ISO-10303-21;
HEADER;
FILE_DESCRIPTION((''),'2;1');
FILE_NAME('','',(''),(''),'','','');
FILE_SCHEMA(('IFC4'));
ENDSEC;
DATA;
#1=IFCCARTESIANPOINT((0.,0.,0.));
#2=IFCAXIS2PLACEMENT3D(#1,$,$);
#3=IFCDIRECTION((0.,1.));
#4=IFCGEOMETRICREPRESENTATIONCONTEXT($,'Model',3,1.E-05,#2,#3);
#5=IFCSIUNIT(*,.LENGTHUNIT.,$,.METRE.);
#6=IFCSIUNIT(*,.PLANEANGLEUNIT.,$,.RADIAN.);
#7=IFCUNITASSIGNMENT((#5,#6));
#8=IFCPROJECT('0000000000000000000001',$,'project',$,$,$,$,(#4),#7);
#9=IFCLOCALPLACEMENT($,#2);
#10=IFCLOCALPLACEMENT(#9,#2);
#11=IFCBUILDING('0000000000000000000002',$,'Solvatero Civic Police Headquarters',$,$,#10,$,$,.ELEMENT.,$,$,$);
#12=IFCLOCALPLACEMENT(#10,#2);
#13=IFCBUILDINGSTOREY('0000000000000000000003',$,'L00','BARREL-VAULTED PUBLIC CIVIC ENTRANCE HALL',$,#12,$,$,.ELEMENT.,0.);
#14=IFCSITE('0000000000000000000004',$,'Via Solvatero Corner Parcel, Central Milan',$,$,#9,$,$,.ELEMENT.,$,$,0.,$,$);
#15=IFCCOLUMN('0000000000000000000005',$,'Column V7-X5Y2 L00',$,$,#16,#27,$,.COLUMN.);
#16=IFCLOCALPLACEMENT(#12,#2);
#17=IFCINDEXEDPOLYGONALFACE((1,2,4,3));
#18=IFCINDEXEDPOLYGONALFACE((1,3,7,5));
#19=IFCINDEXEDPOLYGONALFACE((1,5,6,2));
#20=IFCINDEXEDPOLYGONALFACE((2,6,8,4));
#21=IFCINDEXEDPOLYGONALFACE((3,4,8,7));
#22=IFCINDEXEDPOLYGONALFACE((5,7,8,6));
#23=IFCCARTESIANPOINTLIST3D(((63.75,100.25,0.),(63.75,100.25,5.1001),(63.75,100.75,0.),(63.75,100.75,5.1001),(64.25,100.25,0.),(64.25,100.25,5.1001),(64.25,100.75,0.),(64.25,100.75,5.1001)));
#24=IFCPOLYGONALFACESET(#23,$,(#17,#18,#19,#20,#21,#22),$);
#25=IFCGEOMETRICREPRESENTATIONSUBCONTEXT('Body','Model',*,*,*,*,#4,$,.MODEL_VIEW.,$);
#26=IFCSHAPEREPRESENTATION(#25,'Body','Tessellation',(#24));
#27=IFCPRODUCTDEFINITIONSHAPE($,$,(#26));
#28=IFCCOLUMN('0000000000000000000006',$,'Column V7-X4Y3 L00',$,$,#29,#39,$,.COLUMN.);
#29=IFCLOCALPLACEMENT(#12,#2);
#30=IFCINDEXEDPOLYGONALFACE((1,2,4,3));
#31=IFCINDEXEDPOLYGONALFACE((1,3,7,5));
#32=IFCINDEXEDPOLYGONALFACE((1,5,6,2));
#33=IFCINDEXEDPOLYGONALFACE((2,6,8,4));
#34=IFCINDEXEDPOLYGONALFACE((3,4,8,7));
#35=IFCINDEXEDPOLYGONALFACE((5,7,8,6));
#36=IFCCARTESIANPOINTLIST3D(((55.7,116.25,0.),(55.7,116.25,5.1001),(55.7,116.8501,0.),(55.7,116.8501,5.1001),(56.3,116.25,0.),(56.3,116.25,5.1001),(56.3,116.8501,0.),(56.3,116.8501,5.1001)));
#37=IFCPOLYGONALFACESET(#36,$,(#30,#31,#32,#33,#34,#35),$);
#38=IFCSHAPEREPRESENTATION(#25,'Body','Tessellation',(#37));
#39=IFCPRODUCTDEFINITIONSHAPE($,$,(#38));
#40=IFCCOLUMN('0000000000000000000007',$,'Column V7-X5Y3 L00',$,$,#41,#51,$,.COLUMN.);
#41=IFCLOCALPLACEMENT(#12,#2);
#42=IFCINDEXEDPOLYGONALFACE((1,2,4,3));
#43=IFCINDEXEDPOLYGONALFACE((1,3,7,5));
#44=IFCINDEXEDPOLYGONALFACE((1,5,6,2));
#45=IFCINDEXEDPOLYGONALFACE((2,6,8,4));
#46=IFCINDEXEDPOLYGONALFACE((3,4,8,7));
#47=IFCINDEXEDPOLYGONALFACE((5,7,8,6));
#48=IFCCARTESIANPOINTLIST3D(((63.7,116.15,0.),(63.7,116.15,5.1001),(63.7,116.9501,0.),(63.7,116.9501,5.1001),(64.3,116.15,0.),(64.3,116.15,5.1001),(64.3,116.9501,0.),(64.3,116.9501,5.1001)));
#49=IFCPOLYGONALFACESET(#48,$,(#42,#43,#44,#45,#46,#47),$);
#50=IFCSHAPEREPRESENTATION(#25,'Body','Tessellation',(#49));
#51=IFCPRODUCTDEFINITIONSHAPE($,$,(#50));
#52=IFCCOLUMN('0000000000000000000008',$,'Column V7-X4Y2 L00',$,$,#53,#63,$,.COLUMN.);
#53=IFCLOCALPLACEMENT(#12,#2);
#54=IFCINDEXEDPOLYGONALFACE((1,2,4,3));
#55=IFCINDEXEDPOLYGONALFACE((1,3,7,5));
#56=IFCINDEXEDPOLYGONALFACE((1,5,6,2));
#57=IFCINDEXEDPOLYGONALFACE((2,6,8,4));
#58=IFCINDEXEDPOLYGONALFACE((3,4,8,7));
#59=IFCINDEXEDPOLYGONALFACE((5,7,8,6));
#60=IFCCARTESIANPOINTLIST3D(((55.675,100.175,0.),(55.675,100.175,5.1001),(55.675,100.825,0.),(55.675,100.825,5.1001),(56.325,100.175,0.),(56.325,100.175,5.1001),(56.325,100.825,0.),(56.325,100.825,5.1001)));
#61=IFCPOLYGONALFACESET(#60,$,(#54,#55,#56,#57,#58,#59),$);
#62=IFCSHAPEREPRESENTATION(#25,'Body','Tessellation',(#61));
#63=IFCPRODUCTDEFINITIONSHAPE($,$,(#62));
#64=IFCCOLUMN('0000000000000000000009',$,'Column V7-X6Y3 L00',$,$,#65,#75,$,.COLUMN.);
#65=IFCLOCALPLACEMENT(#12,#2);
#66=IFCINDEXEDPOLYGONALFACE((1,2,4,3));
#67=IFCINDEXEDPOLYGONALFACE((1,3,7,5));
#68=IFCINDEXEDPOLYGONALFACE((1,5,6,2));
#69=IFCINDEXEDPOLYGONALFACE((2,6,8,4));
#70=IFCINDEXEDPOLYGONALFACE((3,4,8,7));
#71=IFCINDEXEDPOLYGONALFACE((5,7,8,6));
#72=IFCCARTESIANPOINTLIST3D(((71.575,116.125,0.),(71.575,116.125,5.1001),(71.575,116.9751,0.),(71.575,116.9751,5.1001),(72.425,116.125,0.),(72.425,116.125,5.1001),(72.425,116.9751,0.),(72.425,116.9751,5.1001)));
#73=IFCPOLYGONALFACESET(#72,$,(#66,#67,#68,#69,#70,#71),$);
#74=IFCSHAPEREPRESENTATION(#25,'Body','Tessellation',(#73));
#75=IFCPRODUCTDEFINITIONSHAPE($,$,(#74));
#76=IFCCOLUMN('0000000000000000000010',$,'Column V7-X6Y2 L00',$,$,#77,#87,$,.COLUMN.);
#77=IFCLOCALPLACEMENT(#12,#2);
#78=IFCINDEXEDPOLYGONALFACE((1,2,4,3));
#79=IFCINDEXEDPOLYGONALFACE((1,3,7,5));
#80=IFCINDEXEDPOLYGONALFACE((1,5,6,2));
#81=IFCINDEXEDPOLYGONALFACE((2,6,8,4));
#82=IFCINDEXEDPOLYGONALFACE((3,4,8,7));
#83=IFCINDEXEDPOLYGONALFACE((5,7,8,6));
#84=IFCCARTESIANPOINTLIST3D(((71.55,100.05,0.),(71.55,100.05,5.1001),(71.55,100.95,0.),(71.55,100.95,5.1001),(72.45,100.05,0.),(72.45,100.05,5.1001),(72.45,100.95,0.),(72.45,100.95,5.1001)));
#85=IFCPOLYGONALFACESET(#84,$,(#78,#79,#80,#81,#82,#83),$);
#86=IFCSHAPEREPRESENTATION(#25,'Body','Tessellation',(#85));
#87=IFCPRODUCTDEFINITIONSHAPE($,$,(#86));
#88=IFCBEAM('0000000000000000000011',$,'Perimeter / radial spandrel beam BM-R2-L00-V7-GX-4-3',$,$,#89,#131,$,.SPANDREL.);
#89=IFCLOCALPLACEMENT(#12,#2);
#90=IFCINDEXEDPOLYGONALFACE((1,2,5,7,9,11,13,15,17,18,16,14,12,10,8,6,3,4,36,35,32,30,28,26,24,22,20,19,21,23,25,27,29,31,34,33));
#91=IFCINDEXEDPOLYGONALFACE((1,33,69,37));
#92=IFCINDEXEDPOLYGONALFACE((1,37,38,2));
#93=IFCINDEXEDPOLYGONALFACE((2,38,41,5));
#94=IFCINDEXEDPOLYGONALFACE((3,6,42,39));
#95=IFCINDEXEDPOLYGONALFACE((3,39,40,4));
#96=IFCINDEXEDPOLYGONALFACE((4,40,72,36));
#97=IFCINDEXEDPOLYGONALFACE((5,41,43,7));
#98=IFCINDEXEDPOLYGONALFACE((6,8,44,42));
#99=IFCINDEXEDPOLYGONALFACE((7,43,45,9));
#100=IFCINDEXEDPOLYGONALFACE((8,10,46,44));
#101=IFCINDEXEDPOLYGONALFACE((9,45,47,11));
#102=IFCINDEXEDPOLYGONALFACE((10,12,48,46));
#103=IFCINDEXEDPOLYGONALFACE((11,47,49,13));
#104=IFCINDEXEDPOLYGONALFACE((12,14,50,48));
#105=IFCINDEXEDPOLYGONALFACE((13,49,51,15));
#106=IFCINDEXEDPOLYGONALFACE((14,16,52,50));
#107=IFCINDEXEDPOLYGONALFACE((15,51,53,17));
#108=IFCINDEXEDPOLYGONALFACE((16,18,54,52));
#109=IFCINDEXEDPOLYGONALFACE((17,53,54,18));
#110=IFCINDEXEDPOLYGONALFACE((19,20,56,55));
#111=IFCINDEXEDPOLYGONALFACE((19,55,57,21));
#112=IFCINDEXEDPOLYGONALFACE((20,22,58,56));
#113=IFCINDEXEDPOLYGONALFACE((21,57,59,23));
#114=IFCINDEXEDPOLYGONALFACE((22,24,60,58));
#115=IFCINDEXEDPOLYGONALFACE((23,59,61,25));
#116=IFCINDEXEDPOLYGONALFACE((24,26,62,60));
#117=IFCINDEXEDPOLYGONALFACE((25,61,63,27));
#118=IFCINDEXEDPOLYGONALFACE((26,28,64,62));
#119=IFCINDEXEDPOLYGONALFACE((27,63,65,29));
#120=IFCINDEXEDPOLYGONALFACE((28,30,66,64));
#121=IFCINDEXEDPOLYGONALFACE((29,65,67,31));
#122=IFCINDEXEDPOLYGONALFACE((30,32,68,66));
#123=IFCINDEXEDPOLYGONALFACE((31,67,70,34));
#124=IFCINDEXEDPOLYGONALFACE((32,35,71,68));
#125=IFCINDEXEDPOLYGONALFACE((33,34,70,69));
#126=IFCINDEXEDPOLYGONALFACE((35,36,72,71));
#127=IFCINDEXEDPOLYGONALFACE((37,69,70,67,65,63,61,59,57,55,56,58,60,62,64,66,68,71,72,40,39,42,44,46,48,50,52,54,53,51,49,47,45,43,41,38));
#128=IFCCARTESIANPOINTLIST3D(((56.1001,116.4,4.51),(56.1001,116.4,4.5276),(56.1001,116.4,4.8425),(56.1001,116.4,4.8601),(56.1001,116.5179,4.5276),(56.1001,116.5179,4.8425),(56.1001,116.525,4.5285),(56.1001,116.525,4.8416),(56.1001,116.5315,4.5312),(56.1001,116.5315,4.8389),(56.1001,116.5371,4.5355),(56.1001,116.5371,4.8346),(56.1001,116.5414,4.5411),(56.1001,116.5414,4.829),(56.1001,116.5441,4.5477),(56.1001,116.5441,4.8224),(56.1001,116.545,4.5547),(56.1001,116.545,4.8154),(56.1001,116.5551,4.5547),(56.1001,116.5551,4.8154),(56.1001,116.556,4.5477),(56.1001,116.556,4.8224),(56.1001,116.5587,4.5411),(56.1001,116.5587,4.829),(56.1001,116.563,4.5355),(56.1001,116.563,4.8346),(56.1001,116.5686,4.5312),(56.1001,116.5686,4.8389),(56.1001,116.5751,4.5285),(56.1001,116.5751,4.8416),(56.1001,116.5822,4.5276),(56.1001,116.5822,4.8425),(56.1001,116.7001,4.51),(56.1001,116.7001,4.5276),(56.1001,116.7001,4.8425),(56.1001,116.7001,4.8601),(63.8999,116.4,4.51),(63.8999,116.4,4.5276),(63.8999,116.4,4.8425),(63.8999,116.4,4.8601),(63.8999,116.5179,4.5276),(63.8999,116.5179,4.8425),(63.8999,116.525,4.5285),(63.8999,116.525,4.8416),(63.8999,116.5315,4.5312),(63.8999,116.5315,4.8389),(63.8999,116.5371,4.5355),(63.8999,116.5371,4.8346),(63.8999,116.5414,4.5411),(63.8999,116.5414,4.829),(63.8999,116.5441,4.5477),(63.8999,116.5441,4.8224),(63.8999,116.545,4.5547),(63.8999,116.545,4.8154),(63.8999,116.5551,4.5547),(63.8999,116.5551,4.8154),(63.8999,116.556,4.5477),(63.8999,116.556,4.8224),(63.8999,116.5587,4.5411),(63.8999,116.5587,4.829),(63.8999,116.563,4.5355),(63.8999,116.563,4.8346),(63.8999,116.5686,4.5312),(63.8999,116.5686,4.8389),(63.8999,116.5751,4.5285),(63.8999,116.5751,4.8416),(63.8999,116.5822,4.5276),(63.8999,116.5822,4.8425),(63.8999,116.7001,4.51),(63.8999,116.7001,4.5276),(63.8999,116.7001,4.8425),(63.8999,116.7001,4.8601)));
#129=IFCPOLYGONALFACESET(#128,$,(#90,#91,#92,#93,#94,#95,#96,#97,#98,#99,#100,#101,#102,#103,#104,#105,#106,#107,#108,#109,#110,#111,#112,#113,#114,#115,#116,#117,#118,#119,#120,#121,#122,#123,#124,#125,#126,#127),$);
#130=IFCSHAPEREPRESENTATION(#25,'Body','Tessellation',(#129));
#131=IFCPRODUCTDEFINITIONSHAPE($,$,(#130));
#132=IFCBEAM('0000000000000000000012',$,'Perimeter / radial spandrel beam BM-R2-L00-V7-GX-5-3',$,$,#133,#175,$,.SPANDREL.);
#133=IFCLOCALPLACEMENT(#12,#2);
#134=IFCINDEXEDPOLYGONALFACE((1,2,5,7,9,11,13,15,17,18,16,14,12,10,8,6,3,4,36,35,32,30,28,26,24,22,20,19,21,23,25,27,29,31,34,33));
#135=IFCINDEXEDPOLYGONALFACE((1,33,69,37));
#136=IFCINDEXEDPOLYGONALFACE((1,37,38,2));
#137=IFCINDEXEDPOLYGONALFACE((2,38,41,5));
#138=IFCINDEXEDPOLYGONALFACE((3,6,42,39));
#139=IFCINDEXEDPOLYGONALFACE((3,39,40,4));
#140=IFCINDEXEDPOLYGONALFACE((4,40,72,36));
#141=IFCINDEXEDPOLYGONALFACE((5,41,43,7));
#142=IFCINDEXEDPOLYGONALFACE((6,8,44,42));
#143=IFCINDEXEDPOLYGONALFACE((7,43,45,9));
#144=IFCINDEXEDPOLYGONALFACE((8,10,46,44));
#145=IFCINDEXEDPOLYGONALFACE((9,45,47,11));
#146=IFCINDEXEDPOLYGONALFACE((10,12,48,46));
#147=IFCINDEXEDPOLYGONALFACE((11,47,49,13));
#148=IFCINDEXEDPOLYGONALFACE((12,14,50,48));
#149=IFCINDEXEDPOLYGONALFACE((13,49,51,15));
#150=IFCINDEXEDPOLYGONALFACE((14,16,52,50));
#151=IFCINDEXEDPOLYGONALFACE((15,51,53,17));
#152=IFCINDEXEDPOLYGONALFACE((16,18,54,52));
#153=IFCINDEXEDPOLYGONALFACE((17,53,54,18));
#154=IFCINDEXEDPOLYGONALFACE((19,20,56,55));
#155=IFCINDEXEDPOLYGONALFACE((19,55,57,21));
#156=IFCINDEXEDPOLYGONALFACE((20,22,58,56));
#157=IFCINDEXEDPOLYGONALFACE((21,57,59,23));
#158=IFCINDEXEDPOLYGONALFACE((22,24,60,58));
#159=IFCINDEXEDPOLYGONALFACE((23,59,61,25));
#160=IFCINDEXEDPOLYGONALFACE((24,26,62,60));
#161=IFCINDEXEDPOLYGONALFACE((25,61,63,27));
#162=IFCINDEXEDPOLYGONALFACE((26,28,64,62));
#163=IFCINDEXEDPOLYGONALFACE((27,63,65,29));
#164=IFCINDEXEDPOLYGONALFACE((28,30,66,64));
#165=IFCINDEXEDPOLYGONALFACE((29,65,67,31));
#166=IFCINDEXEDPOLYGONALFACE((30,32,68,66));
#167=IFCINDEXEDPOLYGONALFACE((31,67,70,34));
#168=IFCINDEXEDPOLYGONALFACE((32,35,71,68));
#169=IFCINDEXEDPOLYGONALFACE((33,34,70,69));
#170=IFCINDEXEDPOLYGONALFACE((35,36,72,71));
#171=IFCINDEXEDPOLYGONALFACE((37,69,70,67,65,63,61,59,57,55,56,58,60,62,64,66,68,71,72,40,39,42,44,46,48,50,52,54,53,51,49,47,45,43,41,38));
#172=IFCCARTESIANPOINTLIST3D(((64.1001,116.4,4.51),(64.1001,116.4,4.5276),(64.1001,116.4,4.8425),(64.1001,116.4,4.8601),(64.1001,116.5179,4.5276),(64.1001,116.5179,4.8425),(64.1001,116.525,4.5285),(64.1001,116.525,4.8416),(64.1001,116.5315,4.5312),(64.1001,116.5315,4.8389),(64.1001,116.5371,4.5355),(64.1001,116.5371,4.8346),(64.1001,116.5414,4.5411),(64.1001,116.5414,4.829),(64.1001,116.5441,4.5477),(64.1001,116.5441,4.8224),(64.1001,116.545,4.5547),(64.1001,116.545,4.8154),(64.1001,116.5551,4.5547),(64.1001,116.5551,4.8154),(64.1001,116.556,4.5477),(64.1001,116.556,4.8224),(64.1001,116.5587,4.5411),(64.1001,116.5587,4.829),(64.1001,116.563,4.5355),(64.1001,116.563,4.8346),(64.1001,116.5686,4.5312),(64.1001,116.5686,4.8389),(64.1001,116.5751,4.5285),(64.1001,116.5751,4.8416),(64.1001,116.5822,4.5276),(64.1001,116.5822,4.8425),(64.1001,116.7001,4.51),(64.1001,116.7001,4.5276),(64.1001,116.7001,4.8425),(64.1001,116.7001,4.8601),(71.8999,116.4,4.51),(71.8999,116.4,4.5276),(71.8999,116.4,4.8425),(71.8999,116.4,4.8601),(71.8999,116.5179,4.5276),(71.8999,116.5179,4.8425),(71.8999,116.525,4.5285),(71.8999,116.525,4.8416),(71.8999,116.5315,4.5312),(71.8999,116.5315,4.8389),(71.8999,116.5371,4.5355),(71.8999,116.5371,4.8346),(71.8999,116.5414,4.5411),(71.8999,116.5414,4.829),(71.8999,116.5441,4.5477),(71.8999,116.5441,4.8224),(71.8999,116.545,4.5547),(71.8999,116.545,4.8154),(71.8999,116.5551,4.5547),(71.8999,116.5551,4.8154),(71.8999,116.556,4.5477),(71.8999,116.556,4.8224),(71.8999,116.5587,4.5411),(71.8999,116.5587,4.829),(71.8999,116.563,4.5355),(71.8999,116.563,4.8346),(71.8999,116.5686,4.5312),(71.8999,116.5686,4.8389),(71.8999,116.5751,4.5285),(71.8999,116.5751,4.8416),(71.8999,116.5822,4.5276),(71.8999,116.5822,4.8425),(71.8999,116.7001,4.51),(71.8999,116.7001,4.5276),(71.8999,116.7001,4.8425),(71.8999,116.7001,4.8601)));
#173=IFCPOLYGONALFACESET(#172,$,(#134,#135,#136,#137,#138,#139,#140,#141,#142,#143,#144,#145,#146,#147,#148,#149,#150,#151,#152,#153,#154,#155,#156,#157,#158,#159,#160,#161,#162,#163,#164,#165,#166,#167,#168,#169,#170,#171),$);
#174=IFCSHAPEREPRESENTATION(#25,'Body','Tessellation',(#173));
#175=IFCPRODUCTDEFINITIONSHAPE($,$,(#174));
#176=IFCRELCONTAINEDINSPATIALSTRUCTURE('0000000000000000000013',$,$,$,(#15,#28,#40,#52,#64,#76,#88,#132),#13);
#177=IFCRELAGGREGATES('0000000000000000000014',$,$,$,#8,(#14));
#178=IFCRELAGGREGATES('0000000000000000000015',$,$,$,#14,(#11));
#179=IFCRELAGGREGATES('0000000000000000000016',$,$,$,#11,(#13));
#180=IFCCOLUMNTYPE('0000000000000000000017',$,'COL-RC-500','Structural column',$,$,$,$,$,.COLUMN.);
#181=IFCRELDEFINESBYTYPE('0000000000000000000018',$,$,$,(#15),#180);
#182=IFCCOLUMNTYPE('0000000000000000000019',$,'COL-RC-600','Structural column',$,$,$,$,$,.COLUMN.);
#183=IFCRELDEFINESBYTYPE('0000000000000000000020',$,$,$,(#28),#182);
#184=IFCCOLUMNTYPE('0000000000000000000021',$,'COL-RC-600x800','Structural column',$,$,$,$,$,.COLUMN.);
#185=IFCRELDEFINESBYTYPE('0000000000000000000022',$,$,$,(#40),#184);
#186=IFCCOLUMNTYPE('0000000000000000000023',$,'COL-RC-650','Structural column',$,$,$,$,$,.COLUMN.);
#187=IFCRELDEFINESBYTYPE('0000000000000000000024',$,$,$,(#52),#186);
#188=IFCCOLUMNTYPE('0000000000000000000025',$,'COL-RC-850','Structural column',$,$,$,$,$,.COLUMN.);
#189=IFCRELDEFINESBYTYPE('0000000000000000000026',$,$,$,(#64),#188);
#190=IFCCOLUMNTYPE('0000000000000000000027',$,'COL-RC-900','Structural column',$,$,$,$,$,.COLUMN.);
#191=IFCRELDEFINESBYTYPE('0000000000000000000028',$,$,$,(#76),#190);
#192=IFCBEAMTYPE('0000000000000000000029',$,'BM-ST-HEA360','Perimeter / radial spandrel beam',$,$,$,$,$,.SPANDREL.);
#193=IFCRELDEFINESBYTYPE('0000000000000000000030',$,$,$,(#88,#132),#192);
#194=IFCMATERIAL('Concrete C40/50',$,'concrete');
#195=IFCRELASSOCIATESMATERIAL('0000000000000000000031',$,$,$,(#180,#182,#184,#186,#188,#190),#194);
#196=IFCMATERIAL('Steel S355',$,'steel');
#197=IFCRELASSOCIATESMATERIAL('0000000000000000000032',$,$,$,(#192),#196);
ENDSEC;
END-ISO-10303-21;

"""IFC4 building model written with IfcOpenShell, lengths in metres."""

from ifc_helpers import new_model, si_unit, direction, frame, origin, origin_2d, place, context, subcontext, project, spatial, rectangle, i_section, extrude, material, material_profile, profile_set, type_object, element, save


model = new_model("IFC4")

# Units and contexts
model_context = context("Model", 3, precision=1e-05, world=origin(), true_north=direction((0.0, 1.0)))
body_context = subcontext(model_context, "Body", "Model", "MODEL_VIEW")
ifc_project = project(units=[si_unit("LENGTHUNIT", "METRE"), si_unit("PLANEANGLEUNIT", "RADIAN")], contexts=[model_context])

# Site, building, storey
site_placement = place(None, origin())
site = spatial("IfcSite", under=ifc_project, at=site_placement, Name="Via Solvatero Corner Parcel, Central Milan", CompositionType="ELEMENT", RefElevation=0.0)
building_placement = place(site_placement, origin())
building = spatial("IfcBuilding", under=site, at=building_placement, Name="Solvatero Civic Police Headquarters", CompositionType="ELEMENT")
storey_placement = place(building_placement, origin())
storey = spatial("IfcBuildingStorey", under=building, at=storey_placement, Name="L00", Description="BARREL-VAULTED PUBLIC CIVIC ENTRANCE HALL", CompositionType="ELEMENT", Elevation=0.0)

# Columns
ifc_material_1 = material(Name="Concrete C40/50", Category="concrete")
ifc_material_profile_1 = material_profile(ifc_material_1, rectangle(XDim=0.5, YDim=0.5, at=origin_2d()), Name="RC 500x500")
ifc_profile_set_1 = profile_set([ifc_material_profile_1], Name="Concrete C40/50")
column_type_1 = type_object("IfcColumnType", Name="COL-RC-500", Description="Structural column", PredefinedType="COLUMN", material=ifc_profile_set_1)
column_1_placement = place(storey_placement, frame((64.0, 100.5, 0.0), z_axis=(0.0, 0.0, 1.0), x_axis=(1.0, 0.0, 0.0)))
element("IfcColumn", 1, at=column_1_placement, inside=storey, type_object=column_type_1, Name="Column V7-X5Y2 L00", PredefinedType="COLUMN", context=body_context, shape_type="SweptSolid", body=[
    extrude(rectangle(XDim=0.5, YDim=0.5, at=origin_2d()), origin(), (0.0, 0.0, 1.0), 5.1001),
])
ifc_material_profile_2 = material_profile(ifc_material_1, rectangle(XDim=0.6001, YDim=0.6001, at=origin_2d()), Name="RC 600x600")
ifc_profile_set_2 = profile_set([ifc_material_profile_2], Name="Concrete C40/50")
column_type_2 = type_object("IfcColumnType", Name="COL-RC-600", Description="Structural column", PredefinedType="COLUMN", material=ifc_profile_set_2)
column_2_placement = place(storey_placement, frame((56.0, 116.55, 0.0), z_axis=(0.0, 0.0, 1.0), x_axis=(1.0, 0.0, 0.0)))
element("IfcColumn", 2, at=column_2_placement, inside=storey, type_object=column_type_2, Name="Column V7-X4Y3 L00", PredefinedType="COLUMN", context=body_context, shape_type="SweptSolid", body=[
    extrude(rectangle(XDim=0.6001, YDim=0.6001, at=origin_2d()), origin(), (0.0, 0.0, 1.0), 5.1001),
])
ifc_material_profile_3 = material_profile(ifc_material_1, rectangle(XDim=0.6001, YDim=0.8, at=origin_2d()), Name="RC 600x800")
ifc_profile_set_3 = profile_set([ifc_material_profile_3], Name="Concrete C40/50")
column_type_3 = type_object("IfcColumnType", Name="COL-RC-600x800", Description="Structural column", PredefinedType="COLUMN", material=ifc_profile_set_3)
column_3_placement = place(storey_placement, frame((64.0, 116.55, 0.0), z_axis=(0.0, 0.0, 1.0), x_axis=(1.0, 0.0, 0.0)))
element("IfcColumn", 3, at=column_3_placement, inside=storey, type_object=column_type_3, Name="Column V7-X5Y3 L00", PredefinedType="COLUMN", context=body_context, shape_type="SweptSolid", body=[
    extrude(rectangle(XDim=0.6001, YDim=0.8, at=origin_2d()), origin(), (0.0, 0.0, 1.0), 5.1001),
])
ifc_material_profile_4 = material_profile(ifc_material_1, rectangle(XDim=0.6499, YDim=0.6499, at=origin_2d()), Name="RC 650x650")
ifc_profile_set_4 = profile_set([ifc_material_profile_4], Name="Concrete C40/50")
column_type_4 = type_object("IfcColumnType", Name="COL-RC-650", Description="Structural column", PredefinedType="COLUMN", material=ifc_profile_set_4)
column_4_placement = place(storey_placement, frame((56.0, 100.5, 0.0), z_axis=(0.0, 0.0, 1.0), x_axis=(1.0, 0.0, 0.0)))
element("IfcColumn", 4, at=column_4_placement, inside=storey, type_object=column_type_4, Name="Column V7-X4Y2 L00", PredefinedType="COLUMN", context=body_context, shape_type="SweptSolid", body=[
    extrude(rectangle(XDim=0.6499, YDim=0.6499, at=origin_2d()), origin(), (0.0, 0.0, 1.0), 5.1001),
])
ifc_material_profile_5 = material_profile(ifc_material_1, rectangle(XDim=0.8501, YDim=0.8501, at=origin_2d()), Name="RC 850x850")
ifc_profile_set_5 = profile_set([ifc_material_profile_5], Name="Concrete C40/50")
column_type_5 = type_object("IfcColumnType", Name="COL-RC-850", Description="Structural column", PredefinedType="COLUMN", material=ifc_profile_set_5)
column_5_placement = place(storey_placement, frame((72.0, 116.55, 0.0), z_axis=(0.0, 0.0, 1.0), x_axis=(1.0, 0.0, 0.0)))
element("IfcColumn", 5, at=column_5_placement, inside=storey, type_object=column_type_5, Name="Column V7-X6Y3 L00", PredefinedType="COLUMN", context=body_context, shape_type="SweptSolid", body=[
    extrude(rectangle(XDim=0.8501, YDim=0.8501, at=origin_2d()), origin(), (0.0, 0.0, 1.0), 5.1001),
])
ifc_material_profile_6 = material_profile(ifc_material_1, rectangle(XDim=0.8999, YDim=0.8999, at=origin_2d()), Name="RC 900x900")
ifc_profile_set_6 = profile_set([ifc_material_profile_6], Name="Concrete C40/50")
column_type_6 = type_object("IfcColumnType", Name="COL-RC-900", Description="Structural column", PredefinedType="COLUMN", material=ifc_profile_set_6)
column_6_placement = place(storey_placement, frame((72.0, 100.5, 0.0), z_axis=(0.0, 0.0, 1.0), x_axis=(1.0, 0.0, 0.0)))
element("IfcColumn", 6, at=column_6_placement, inside=storey, type_object=column_type_6, Name="Column V7-X6Y2 L00", PredefinedType="COLUMN", context=body_context, shape_type="SweptSolid", body=[
    extrude(rectangle(XDim=0.8999, YDim=0.8999, at=origin_2d()), origin(), (0.0, 0.0, 1.0), 5.1001),
])

# Beams
ifc_material_2 = material(Name="Steel S355", Category="steel")
ifc_material_profile_7 = material_profile(ifc_material_2, i_section(OverallWidth=0.3, OverallDepth=0.3501, WebThickness=0.01, FlangeThickness=0.0176, FilletRadius=0.0271, at=origin_2d()), Name="HEA 360")
ifc_profile_set_7 = profile_set([ifc_material_profile_7], Name="Steel S355")
beam_type_1 = type_object("IfcBeamType", Name="BM-ST-HEA360", Description="Perimeter / radial spandrel beam", PredefinedType="SPANDREL", material=ifc_profile_set_7)
for number, where, z_axis, x_axis, name in (
    (7, (56.1001, 116.55, 4.6851), (1.0, 0.0, 0.0), (0.0, 1.0, 0.0), "Perimeter / radial spandrel beam BM-R2-L00-V7-GX-4-3"),
    (8, (64.1001, 116.55, 4.6851), (1.0, 0.0, 0.0), (0.0, 1.0, 0.0), "Perimeter / radial spandrel beam BM-R2-L00-V7-GX-5-3"),
):
    element("IfcBeam", number, at=place(storey_placement, frame(where, z_axis=z_axis, x_axis=x_axis)), inside=storey, type_object=beam_type_1, Name=name, PredefinedType="SPANDREL", context=body_context, shape_type="SweptSolid", body=[
        extrude(i_section(OverallWidth=0.3, OverallDepth=0.3501, WebThickness=0.01, FlangeThickness=0.0176, FilletRadius=0.0271, at=origin_2d()), origin(), (0.0, 0.0, 1.0), 7.7998),
    ])

save(model, "model.ifc")
